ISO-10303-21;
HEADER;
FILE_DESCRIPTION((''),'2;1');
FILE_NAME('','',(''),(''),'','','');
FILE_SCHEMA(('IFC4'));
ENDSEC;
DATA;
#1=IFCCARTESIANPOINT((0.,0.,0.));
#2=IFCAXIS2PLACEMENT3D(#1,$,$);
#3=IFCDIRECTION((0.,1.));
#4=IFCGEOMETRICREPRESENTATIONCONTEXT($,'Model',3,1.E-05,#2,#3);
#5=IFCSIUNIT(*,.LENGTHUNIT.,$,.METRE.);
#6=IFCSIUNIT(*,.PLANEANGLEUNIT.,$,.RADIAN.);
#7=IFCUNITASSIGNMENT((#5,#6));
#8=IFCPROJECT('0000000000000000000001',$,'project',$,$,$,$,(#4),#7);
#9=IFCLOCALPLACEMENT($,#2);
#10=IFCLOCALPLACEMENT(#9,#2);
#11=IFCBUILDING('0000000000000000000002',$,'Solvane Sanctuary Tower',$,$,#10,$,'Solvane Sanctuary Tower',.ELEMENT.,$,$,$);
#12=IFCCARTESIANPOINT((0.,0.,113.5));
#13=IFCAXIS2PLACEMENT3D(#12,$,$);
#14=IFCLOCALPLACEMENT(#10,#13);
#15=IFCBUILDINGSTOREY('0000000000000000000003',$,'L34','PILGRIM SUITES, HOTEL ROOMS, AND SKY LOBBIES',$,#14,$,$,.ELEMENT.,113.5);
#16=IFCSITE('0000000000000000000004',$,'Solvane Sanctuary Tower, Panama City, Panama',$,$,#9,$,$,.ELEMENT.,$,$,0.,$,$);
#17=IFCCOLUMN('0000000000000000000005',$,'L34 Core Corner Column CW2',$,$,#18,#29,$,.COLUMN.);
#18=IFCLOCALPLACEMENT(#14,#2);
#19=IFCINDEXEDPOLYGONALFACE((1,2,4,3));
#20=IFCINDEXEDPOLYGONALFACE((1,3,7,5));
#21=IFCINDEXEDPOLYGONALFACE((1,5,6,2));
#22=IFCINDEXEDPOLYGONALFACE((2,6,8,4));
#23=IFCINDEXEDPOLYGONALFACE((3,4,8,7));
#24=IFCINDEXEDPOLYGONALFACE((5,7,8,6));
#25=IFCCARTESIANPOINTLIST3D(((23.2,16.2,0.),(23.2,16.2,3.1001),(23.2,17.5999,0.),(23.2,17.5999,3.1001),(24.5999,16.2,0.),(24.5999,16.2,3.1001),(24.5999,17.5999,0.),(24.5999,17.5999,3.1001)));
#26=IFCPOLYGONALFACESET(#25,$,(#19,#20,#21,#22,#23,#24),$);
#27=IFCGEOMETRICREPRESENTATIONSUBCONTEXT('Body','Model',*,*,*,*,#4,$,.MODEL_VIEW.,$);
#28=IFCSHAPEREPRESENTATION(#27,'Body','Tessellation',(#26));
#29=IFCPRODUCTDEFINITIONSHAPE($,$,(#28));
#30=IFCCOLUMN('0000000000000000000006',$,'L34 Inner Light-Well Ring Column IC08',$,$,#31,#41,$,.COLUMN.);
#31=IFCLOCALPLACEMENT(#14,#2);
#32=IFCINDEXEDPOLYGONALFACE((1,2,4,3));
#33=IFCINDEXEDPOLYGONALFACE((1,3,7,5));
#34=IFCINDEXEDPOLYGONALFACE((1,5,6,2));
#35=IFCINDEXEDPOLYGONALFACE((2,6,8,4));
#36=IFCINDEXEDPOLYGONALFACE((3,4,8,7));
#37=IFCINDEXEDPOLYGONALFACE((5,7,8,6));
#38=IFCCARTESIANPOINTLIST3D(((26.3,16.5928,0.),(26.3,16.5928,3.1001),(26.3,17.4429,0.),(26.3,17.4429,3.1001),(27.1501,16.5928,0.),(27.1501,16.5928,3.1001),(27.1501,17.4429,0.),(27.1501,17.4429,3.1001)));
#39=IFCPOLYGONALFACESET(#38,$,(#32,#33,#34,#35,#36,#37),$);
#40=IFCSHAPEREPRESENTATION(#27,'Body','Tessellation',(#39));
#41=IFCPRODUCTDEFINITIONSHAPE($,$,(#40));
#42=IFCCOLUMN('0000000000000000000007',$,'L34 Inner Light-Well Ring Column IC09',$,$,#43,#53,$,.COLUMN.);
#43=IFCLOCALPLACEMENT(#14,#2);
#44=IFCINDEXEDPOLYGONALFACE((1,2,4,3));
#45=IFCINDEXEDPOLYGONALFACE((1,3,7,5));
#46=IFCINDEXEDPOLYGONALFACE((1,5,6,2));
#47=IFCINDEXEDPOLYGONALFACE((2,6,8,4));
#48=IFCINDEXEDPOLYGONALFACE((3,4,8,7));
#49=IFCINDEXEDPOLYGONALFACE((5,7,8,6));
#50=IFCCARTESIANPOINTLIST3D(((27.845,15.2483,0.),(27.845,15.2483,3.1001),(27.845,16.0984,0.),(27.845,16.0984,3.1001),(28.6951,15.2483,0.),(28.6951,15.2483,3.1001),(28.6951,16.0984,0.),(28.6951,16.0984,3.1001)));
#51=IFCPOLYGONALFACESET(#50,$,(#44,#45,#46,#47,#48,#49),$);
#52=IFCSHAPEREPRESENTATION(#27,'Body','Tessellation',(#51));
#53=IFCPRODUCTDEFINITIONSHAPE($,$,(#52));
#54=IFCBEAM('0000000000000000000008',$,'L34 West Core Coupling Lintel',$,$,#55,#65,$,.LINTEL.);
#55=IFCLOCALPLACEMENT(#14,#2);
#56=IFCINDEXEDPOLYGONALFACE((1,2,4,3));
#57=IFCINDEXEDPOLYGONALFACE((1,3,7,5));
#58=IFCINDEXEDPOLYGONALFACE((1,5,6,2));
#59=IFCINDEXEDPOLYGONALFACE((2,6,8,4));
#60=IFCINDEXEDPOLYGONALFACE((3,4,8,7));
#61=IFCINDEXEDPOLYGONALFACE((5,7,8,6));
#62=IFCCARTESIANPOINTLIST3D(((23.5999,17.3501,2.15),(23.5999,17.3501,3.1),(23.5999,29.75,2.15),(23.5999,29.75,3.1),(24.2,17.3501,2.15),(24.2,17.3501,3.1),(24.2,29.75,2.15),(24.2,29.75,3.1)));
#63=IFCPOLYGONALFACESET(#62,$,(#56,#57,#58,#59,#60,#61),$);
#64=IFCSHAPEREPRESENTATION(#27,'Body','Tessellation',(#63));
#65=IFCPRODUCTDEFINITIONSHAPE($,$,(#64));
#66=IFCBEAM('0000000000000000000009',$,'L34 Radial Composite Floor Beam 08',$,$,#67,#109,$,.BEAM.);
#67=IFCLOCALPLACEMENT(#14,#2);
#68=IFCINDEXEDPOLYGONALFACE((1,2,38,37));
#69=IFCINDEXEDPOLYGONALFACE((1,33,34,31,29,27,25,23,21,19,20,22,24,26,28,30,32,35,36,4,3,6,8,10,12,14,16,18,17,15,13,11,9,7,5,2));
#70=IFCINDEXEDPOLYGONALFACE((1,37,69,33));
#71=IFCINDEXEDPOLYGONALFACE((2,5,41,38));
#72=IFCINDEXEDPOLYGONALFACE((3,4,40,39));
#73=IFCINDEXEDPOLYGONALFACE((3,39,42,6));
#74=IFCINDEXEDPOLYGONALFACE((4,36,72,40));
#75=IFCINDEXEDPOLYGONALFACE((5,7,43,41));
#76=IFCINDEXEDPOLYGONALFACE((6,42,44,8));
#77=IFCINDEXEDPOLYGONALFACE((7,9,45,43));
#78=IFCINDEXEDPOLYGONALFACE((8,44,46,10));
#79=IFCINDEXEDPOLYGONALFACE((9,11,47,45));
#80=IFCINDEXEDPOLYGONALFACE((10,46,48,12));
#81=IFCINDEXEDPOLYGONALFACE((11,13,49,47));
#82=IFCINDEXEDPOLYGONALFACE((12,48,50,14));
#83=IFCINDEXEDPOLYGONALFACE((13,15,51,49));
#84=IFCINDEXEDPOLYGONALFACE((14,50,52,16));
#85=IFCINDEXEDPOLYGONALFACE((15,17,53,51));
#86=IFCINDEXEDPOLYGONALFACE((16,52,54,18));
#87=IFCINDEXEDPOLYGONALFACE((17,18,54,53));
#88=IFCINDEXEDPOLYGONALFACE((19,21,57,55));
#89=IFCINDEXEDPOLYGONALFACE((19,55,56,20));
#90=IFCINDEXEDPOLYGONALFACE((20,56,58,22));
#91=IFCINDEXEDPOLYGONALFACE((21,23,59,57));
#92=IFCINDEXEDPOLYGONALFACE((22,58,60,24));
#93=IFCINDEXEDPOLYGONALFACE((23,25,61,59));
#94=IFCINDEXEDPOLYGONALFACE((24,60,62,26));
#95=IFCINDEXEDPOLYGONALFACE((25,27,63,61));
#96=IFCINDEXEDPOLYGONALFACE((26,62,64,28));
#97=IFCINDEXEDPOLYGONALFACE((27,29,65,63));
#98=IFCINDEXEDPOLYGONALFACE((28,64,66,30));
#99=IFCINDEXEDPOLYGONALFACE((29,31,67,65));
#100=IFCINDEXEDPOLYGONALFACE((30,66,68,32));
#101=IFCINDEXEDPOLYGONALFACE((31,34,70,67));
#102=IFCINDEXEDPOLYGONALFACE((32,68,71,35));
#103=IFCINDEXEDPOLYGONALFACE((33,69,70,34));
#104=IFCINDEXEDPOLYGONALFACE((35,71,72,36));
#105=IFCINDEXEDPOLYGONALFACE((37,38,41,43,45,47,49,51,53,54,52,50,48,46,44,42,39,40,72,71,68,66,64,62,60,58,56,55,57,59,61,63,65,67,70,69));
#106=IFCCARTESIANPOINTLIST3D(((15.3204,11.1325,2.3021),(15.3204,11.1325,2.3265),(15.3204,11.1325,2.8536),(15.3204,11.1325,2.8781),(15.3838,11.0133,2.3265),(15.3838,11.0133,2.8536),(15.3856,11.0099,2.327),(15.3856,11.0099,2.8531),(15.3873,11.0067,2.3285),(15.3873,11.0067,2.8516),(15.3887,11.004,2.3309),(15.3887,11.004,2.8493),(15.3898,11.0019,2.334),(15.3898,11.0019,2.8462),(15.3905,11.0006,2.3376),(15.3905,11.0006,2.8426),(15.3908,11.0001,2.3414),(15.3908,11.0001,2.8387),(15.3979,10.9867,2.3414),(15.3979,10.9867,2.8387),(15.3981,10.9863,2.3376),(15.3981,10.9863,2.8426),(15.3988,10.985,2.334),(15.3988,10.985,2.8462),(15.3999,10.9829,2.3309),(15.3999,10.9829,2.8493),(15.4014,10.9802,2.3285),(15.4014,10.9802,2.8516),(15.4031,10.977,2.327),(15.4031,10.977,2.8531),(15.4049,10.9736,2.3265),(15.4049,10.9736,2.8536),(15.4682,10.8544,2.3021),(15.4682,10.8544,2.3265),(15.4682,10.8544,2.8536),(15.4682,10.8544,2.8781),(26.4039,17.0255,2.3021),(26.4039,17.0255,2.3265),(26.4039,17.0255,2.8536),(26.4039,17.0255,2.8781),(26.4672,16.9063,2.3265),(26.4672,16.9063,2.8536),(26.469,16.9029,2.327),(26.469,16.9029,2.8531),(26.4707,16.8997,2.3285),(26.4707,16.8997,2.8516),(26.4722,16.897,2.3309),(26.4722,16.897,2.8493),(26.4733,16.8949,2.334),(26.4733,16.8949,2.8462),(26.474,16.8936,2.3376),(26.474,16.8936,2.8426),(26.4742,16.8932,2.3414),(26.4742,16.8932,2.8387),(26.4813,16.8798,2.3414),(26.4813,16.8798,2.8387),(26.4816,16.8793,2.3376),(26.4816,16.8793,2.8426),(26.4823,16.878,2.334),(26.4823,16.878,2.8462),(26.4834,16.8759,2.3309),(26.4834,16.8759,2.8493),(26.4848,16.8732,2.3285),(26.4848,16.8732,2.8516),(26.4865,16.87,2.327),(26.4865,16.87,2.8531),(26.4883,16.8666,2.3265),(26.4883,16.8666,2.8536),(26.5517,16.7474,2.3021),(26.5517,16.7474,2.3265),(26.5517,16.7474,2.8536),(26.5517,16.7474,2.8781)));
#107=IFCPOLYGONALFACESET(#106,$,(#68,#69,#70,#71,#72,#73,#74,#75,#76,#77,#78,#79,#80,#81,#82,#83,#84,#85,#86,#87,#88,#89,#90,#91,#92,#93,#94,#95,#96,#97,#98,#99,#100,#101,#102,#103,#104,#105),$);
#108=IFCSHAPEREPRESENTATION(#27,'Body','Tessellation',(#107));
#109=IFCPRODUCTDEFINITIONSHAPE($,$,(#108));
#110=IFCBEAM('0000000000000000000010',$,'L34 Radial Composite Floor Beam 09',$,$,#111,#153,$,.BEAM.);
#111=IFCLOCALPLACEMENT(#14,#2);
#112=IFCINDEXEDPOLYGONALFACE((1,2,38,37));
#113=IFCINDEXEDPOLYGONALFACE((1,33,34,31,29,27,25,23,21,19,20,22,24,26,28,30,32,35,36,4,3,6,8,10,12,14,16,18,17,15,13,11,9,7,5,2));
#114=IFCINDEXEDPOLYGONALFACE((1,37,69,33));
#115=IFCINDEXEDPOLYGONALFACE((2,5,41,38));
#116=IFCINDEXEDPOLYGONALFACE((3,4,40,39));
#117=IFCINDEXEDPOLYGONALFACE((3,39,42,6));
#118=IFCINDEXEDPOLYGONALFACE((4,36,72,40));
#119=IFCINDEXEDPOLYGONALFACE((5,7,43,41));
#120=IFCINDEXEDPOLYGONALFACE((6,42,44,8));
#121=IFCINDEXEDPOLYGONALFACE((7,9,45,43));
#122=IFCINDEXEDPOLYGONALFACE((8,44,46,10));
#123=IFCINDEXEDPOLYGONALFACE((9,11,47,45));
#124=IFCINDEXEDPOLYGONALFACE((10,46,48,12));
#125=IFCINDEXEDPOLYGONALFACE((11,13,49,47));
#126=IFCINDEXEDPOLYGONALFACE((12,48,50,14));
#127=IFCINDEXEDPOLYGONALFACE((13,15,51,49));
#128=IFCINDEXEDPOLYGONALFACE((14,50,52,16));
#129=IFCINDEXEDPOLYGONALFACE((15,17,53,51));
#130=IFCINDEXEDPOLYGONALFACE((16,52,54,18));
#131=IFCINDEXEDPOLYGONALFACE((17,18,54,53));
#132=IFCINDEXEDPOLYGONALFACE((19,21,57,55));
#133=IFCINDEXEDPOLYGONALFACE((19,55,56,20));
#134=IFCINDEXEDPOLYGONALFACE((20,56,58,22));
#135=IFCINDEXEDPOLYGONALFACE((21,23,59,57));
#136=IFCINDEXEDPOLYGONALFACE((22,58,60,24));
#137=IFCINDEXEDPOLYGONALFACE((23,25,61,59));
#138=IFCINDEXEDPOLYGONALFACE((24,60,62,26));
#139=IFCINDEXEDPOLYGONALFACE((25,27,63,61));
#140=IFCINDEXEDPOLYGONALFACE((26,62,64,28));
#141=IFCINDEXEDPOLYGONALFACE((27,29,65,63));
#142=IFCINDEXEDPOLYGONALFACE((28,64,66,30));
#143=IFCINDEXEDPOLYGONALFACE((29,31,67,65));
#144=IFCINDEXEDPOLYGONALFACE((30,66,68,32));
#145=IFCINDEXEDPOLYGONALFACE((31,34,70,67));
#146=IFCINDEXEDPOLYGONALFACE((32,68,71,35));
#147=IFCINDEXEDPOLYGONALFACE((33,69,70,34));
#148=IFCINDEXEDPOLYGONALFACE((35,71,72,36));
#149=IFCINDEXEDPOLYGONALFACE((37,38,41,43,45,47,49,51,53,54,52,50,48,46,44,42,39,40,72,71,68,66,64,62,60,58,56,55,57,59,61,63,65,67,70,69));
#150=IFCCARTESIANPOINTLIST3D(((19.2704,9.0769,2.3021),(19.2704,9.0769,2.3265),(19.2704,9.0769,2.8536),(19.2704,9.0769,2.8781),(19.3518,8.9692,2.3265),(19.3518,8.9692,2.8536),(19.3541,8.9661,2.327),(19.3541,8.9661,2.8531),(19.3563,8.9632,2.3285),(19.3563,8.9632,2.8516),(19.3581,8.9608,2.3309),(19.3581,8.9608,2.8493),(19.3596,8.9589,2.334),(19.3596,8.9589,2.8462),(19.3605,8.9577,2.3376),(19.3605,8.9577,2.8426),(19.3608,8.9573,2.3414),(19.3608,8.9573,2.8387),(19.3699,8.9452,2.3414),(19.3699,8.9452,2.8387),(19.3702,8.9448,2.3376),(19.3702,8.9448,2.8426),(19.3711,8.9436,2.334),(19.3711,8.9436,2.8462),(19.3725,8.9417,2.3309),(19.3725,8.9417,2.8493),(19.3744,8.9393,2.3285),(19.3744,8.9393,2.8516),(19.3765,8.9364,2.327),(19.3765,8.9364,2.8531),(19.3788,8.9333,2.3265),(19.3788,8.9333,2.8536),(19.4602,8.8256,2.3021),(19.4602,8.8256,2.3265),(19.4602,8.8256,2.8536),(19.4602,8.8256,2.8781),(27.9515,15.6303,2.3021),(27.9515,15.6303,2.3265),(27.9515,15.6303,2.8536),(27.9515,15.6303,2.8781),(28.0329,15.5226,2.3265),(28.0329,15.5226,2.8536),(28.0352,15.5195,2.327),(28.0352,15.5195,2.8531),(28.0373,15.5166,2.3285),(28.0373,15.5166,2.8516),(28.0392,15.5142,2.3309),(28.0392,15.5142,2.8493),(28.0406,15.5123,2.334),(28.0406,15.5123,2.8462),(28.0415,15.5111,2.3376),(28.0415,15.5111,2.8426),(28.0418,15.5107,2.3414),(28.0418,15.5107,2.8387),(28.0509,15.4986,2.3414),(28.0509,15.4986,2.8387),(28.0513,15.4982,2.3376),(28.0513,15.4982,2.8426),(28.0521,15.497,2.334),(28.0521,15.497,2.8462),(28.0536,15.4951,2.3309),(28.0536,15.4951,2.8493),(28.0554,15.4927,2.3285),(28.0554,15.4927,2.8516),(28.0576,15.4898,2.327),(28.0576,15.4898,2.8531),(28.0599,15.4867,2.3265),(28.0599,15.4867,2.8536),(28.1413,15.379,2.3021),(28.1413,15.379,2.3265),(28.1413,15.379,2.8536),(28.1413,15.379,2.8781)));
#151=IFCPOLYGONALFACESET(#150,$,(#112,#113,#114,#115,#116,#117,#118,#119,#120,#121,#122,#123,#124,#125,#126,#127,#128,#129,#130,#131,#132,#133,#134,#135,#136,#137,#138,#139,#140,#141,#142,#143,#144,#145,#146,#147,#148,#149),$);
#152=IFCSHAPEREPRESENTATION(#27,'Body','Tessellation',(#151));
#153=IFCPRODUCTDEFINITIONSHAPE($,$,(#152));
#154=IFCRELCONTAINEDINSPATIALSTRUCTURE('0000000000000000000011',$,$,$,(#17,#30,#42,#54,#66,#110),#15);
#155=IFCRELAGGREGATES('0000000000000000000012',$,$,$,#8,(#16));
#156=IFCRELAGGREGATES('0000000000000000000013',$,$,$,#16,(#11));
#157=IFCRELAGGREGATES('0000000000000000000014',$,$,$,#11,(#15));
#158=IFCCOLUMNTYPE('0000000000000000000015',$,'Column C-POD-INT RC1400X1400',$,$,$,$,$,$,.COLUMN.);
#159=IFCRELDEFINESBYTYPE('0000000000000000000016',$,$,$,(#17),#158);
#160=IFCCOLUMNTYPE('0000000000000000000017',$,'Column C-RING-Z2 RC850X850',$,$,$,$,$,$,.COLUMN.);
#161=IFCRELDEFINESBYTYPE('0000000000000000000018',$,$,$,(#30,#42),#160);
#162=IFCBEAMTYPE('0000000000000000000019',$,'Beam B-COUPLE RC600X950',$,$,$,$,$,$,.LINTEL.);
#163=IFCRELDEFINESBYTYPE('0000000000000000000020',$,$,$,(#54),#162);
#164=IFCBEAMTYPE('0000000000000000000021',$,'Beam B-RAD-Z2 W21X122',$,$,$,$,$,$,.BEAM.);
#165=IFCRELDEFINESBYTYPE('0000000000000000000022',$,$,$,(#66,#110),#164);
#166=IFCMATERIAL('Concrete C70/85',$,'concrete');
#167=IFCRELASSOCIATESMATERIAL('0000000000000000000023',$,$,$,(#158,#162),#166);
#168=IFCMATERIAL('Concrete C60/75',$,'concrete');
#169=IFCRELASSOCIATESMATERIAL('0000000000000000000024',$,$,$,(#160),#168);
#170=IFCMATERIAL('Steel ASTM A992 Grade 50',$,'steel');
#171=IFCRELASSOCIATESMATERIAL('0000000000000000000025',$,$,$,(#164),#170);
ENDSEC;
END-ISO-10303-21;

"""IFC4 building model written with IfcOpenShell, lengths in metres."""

from ifc_helpers import new_model, si_unit, direction, frame, origin, origin_2d, place, context, subcontext, project, spatial, rectangle, i_section, extrude, material, material_profile, profile_set, type_object, element, save


model = new_model("IFC4")

# Units and contexts
model_context = context("Model", 3, precision=1e-05, world=origin(), true_north=direction((0.0, 1.0)))
body_context = subcontext(model_context, "Body", "Model", "MODEL_VIEW")
ifc_project = project(units=[si_unit("LENGTHUNIT", "METRE"), si_unit("PLANEANGLEUNIT", "RADIAN")], contexts=[model_context])

# Site, building, storey
site_placement = place(None, origin())
site = spatial("IfcSite", under=ifc_project, at=site_placement, Name="Solvane Sanctuary Tower, Panama City, Panama", CompositionType="ELEMENT", RefElevation=0.0)
building_placement = place(site_placement, origin())
building = spatial("IfcBuilding", under=site, at=building_placement, Name="Solvane Sanctuary Tower", LongName="Solvane Sanctuary Tower", CompositionType="ELEMENT")
storey_placement = place(building_placement, frame((0.0, 0.0, 113.5)))
storey = spatial("IfcBuildingStorey", under=building, at=storey_placement, Name="L34", Description="PILGRIM SUITES, HOTEL ROOMS, AND SKY LOBBIES", CompositionType="ELEMENT", Elevation=113.5)

# Columns
ifc_material_1 = material(Name="Concrete C70/85", Category="concrete")
ifc_material_profile_1 = material_profile(ifc_material_1, rectangle(XDim=1.3999, YDim=1.3999, at=origin_2d()), Name="RC1400X1400")
ifc_profile_set_1 = profile_set([ifc_material_profile_1], Name="Concrete C70/85")
column_type_1 = type_object("IfcColumnType", Name="Column C-POD-INT RC1400X1400", PredefinedType="COLUMN", material=ifc_profile_set_1)
column_placement = place(storey_placement, frame((23.8999, 16.8999, 0.0), z_axis=(0.0, 0.0, 1.0), x_axis=(1.0, 0.0, 0.0)))
element("IfcColumn", 1, at=column_placement, inside=storey, type_object=column_type_1, Name="L34 Core Corner Column CW2", PredefinedType="COLUMN", context=body_context, shape_type="SweptSolid", body=[
    extrude(rectangle(XDim=1.3999, YDim=1.3999, at=origin_2d()), origin(), (0.0, 0.0, 1.0), 3.1001),
])
ifc_material_2 = material(Name="Concrete C60/75", Category="concrete")
ifc_material_profile_2 = material_profile(ifc_material_2, rectangle(XDim=0.8501, YDim=0.8501, at=origin_2d()), Name="RC850X850")
ifc_profile_set_2 = profile_set([ifc_material_profile_2], Name="Concrete C60/75")
column_type_2 = type_object("IfcColumnType", Name="Column C-RING-Z2 RC850X850", PredefinedType="COLUMN", material=ifc_profile_set_2)
for number, where, z_axis, x_axis, name in (
    (2, (26.7251, 17.0178, 0.0), (0.0, 0.0, 1.0), (1.0, 0.0, 0.0), "L34 Inner Light-Well Ring Column IC08"),
    (3, (28.27, 15.6733, 0.0), (0.0, 0.0, 1.0), (1.0, 0.0, 0.0), "L34 Inner Light-Well Ring Column IC09"),
):
    element("IfcColumn", number, at=place(storey_placement, frame(where, z_axis=z_axis, x_axis=x_axis)), inside=storey, type_object=column_type_2, Name=name, PredefinedType="COLUMN", context=body_context, shape_type="SweptSolid", body=[
        extrude(rectangle(XDim=0.8501, YDim=0.8501, at=origin_2d()), origin(), (0.0, 0.0, 1.0), 3.1001),
    ])

# Beams
ifc_material_profile_3 = material_profile(ifc_material_1, rectangle(XDim=0.6001, YDim=0.95, at=origin_2d()), Name="RC600X950")
ifc_profile_set_3 = profile_set([ifc_material_profile_3], Name="Concrete C70/85")
beam_type_1 = type_object("IfcBeamType", Name="Beam B-COUPLE RC600X950", PredefinedType="LINTEL", material=ifc_profile_set_3)
beam_1_placement = place(storey_placement, frame((23.8999, 17.3501, 2.625), z_axis=(0.0, 1.0, 0.0), x_axis=(-1.0, 0.0, 0.0)))
element("IfcBeam", 4, at=beam_1_placement, inside=storey, type_object=beam_type_1, Name="L34 West Core Coupling Lintel", PredefinedType="LINTEL", context=body_context, shape_type="SweptSolid", body=[
    extrude(rectangle(XDim=0.6001, YDim=0.95, at=origin_2d()), origin(), (0.0, 0.0, 1.0), 12.3999),
])
ifc_material_3 = material(Name="Steel ASTM A992 Grade 50", Category="steel")
ifc_material_profile_4 = material_profile(ifc_material_3, i_section(OverallWidth=0.3149, OverallDepth=0.5759, WebThickness=0.0151, FlangeThickness=0.0244, FilletRadius=0.0149, at=origin_2d()), Name="W21X122")
ifc_profile_set_4 = profile_set([ifc_material_profile_4], Name="Steel ASTM A992 Grade 50")
beam_type_2 = type_object("IfcBeamType", Name="Beam B-RAD-Z2 W21X122", PredefinedType="BEAM", material=ifc_profile_set_4)
beam_2_placement = place(storey_placement, frame((26.4778, 16.8865, 2.5901), z_axis=(-0.882952, -0.469463, 0.0), x_axis=(0.469463, -0.882952, 0.0)))
element("IfcBeam", 5, at=beam_2_placement, inside=storey, type_object=beam_type_2, Name="L34 Radial Composite Floor Beam 08", PredefinedType="BEAM", context=body_context, shape_type="SweptSolid", body=[
    extrude(i_section(OverallWidth=0.3149, OverallDepth=0.5759, WebThickness=0.0151, FlangeThickness=0.0244, FilletRadius=0.0149, at=origin_2d()), origin(), (0.0, 0.0, 1.0), 12.5527),
])
beam_3_placement = place(storey_placement, frame((28.0464, 15.5046, 2.5901), z_axis=(-0.798116, -0.602504, 0.0), x_axis=(0.602504, -0.798116, 0.0)))
element("IfcBeam", 6, at=beam_3_placement, inside=storey, type_object=beam_type_2, Name="L34 Radial Composite Floor Beam 09", PredefinedType="BEAM", context=body_context, shape_type="SweptSolid", body=[
    extrude(i_section(OverallWidth=0.3149, OverallDepth=0.5759, WebThickness=0.0151, FlangeThickness=0.0244, FilletRadius=0.0149, at=origin_2d()), origin(), (0.0, 0.0, 1.0), 10.877),
])

save(model, "model.ifc")
